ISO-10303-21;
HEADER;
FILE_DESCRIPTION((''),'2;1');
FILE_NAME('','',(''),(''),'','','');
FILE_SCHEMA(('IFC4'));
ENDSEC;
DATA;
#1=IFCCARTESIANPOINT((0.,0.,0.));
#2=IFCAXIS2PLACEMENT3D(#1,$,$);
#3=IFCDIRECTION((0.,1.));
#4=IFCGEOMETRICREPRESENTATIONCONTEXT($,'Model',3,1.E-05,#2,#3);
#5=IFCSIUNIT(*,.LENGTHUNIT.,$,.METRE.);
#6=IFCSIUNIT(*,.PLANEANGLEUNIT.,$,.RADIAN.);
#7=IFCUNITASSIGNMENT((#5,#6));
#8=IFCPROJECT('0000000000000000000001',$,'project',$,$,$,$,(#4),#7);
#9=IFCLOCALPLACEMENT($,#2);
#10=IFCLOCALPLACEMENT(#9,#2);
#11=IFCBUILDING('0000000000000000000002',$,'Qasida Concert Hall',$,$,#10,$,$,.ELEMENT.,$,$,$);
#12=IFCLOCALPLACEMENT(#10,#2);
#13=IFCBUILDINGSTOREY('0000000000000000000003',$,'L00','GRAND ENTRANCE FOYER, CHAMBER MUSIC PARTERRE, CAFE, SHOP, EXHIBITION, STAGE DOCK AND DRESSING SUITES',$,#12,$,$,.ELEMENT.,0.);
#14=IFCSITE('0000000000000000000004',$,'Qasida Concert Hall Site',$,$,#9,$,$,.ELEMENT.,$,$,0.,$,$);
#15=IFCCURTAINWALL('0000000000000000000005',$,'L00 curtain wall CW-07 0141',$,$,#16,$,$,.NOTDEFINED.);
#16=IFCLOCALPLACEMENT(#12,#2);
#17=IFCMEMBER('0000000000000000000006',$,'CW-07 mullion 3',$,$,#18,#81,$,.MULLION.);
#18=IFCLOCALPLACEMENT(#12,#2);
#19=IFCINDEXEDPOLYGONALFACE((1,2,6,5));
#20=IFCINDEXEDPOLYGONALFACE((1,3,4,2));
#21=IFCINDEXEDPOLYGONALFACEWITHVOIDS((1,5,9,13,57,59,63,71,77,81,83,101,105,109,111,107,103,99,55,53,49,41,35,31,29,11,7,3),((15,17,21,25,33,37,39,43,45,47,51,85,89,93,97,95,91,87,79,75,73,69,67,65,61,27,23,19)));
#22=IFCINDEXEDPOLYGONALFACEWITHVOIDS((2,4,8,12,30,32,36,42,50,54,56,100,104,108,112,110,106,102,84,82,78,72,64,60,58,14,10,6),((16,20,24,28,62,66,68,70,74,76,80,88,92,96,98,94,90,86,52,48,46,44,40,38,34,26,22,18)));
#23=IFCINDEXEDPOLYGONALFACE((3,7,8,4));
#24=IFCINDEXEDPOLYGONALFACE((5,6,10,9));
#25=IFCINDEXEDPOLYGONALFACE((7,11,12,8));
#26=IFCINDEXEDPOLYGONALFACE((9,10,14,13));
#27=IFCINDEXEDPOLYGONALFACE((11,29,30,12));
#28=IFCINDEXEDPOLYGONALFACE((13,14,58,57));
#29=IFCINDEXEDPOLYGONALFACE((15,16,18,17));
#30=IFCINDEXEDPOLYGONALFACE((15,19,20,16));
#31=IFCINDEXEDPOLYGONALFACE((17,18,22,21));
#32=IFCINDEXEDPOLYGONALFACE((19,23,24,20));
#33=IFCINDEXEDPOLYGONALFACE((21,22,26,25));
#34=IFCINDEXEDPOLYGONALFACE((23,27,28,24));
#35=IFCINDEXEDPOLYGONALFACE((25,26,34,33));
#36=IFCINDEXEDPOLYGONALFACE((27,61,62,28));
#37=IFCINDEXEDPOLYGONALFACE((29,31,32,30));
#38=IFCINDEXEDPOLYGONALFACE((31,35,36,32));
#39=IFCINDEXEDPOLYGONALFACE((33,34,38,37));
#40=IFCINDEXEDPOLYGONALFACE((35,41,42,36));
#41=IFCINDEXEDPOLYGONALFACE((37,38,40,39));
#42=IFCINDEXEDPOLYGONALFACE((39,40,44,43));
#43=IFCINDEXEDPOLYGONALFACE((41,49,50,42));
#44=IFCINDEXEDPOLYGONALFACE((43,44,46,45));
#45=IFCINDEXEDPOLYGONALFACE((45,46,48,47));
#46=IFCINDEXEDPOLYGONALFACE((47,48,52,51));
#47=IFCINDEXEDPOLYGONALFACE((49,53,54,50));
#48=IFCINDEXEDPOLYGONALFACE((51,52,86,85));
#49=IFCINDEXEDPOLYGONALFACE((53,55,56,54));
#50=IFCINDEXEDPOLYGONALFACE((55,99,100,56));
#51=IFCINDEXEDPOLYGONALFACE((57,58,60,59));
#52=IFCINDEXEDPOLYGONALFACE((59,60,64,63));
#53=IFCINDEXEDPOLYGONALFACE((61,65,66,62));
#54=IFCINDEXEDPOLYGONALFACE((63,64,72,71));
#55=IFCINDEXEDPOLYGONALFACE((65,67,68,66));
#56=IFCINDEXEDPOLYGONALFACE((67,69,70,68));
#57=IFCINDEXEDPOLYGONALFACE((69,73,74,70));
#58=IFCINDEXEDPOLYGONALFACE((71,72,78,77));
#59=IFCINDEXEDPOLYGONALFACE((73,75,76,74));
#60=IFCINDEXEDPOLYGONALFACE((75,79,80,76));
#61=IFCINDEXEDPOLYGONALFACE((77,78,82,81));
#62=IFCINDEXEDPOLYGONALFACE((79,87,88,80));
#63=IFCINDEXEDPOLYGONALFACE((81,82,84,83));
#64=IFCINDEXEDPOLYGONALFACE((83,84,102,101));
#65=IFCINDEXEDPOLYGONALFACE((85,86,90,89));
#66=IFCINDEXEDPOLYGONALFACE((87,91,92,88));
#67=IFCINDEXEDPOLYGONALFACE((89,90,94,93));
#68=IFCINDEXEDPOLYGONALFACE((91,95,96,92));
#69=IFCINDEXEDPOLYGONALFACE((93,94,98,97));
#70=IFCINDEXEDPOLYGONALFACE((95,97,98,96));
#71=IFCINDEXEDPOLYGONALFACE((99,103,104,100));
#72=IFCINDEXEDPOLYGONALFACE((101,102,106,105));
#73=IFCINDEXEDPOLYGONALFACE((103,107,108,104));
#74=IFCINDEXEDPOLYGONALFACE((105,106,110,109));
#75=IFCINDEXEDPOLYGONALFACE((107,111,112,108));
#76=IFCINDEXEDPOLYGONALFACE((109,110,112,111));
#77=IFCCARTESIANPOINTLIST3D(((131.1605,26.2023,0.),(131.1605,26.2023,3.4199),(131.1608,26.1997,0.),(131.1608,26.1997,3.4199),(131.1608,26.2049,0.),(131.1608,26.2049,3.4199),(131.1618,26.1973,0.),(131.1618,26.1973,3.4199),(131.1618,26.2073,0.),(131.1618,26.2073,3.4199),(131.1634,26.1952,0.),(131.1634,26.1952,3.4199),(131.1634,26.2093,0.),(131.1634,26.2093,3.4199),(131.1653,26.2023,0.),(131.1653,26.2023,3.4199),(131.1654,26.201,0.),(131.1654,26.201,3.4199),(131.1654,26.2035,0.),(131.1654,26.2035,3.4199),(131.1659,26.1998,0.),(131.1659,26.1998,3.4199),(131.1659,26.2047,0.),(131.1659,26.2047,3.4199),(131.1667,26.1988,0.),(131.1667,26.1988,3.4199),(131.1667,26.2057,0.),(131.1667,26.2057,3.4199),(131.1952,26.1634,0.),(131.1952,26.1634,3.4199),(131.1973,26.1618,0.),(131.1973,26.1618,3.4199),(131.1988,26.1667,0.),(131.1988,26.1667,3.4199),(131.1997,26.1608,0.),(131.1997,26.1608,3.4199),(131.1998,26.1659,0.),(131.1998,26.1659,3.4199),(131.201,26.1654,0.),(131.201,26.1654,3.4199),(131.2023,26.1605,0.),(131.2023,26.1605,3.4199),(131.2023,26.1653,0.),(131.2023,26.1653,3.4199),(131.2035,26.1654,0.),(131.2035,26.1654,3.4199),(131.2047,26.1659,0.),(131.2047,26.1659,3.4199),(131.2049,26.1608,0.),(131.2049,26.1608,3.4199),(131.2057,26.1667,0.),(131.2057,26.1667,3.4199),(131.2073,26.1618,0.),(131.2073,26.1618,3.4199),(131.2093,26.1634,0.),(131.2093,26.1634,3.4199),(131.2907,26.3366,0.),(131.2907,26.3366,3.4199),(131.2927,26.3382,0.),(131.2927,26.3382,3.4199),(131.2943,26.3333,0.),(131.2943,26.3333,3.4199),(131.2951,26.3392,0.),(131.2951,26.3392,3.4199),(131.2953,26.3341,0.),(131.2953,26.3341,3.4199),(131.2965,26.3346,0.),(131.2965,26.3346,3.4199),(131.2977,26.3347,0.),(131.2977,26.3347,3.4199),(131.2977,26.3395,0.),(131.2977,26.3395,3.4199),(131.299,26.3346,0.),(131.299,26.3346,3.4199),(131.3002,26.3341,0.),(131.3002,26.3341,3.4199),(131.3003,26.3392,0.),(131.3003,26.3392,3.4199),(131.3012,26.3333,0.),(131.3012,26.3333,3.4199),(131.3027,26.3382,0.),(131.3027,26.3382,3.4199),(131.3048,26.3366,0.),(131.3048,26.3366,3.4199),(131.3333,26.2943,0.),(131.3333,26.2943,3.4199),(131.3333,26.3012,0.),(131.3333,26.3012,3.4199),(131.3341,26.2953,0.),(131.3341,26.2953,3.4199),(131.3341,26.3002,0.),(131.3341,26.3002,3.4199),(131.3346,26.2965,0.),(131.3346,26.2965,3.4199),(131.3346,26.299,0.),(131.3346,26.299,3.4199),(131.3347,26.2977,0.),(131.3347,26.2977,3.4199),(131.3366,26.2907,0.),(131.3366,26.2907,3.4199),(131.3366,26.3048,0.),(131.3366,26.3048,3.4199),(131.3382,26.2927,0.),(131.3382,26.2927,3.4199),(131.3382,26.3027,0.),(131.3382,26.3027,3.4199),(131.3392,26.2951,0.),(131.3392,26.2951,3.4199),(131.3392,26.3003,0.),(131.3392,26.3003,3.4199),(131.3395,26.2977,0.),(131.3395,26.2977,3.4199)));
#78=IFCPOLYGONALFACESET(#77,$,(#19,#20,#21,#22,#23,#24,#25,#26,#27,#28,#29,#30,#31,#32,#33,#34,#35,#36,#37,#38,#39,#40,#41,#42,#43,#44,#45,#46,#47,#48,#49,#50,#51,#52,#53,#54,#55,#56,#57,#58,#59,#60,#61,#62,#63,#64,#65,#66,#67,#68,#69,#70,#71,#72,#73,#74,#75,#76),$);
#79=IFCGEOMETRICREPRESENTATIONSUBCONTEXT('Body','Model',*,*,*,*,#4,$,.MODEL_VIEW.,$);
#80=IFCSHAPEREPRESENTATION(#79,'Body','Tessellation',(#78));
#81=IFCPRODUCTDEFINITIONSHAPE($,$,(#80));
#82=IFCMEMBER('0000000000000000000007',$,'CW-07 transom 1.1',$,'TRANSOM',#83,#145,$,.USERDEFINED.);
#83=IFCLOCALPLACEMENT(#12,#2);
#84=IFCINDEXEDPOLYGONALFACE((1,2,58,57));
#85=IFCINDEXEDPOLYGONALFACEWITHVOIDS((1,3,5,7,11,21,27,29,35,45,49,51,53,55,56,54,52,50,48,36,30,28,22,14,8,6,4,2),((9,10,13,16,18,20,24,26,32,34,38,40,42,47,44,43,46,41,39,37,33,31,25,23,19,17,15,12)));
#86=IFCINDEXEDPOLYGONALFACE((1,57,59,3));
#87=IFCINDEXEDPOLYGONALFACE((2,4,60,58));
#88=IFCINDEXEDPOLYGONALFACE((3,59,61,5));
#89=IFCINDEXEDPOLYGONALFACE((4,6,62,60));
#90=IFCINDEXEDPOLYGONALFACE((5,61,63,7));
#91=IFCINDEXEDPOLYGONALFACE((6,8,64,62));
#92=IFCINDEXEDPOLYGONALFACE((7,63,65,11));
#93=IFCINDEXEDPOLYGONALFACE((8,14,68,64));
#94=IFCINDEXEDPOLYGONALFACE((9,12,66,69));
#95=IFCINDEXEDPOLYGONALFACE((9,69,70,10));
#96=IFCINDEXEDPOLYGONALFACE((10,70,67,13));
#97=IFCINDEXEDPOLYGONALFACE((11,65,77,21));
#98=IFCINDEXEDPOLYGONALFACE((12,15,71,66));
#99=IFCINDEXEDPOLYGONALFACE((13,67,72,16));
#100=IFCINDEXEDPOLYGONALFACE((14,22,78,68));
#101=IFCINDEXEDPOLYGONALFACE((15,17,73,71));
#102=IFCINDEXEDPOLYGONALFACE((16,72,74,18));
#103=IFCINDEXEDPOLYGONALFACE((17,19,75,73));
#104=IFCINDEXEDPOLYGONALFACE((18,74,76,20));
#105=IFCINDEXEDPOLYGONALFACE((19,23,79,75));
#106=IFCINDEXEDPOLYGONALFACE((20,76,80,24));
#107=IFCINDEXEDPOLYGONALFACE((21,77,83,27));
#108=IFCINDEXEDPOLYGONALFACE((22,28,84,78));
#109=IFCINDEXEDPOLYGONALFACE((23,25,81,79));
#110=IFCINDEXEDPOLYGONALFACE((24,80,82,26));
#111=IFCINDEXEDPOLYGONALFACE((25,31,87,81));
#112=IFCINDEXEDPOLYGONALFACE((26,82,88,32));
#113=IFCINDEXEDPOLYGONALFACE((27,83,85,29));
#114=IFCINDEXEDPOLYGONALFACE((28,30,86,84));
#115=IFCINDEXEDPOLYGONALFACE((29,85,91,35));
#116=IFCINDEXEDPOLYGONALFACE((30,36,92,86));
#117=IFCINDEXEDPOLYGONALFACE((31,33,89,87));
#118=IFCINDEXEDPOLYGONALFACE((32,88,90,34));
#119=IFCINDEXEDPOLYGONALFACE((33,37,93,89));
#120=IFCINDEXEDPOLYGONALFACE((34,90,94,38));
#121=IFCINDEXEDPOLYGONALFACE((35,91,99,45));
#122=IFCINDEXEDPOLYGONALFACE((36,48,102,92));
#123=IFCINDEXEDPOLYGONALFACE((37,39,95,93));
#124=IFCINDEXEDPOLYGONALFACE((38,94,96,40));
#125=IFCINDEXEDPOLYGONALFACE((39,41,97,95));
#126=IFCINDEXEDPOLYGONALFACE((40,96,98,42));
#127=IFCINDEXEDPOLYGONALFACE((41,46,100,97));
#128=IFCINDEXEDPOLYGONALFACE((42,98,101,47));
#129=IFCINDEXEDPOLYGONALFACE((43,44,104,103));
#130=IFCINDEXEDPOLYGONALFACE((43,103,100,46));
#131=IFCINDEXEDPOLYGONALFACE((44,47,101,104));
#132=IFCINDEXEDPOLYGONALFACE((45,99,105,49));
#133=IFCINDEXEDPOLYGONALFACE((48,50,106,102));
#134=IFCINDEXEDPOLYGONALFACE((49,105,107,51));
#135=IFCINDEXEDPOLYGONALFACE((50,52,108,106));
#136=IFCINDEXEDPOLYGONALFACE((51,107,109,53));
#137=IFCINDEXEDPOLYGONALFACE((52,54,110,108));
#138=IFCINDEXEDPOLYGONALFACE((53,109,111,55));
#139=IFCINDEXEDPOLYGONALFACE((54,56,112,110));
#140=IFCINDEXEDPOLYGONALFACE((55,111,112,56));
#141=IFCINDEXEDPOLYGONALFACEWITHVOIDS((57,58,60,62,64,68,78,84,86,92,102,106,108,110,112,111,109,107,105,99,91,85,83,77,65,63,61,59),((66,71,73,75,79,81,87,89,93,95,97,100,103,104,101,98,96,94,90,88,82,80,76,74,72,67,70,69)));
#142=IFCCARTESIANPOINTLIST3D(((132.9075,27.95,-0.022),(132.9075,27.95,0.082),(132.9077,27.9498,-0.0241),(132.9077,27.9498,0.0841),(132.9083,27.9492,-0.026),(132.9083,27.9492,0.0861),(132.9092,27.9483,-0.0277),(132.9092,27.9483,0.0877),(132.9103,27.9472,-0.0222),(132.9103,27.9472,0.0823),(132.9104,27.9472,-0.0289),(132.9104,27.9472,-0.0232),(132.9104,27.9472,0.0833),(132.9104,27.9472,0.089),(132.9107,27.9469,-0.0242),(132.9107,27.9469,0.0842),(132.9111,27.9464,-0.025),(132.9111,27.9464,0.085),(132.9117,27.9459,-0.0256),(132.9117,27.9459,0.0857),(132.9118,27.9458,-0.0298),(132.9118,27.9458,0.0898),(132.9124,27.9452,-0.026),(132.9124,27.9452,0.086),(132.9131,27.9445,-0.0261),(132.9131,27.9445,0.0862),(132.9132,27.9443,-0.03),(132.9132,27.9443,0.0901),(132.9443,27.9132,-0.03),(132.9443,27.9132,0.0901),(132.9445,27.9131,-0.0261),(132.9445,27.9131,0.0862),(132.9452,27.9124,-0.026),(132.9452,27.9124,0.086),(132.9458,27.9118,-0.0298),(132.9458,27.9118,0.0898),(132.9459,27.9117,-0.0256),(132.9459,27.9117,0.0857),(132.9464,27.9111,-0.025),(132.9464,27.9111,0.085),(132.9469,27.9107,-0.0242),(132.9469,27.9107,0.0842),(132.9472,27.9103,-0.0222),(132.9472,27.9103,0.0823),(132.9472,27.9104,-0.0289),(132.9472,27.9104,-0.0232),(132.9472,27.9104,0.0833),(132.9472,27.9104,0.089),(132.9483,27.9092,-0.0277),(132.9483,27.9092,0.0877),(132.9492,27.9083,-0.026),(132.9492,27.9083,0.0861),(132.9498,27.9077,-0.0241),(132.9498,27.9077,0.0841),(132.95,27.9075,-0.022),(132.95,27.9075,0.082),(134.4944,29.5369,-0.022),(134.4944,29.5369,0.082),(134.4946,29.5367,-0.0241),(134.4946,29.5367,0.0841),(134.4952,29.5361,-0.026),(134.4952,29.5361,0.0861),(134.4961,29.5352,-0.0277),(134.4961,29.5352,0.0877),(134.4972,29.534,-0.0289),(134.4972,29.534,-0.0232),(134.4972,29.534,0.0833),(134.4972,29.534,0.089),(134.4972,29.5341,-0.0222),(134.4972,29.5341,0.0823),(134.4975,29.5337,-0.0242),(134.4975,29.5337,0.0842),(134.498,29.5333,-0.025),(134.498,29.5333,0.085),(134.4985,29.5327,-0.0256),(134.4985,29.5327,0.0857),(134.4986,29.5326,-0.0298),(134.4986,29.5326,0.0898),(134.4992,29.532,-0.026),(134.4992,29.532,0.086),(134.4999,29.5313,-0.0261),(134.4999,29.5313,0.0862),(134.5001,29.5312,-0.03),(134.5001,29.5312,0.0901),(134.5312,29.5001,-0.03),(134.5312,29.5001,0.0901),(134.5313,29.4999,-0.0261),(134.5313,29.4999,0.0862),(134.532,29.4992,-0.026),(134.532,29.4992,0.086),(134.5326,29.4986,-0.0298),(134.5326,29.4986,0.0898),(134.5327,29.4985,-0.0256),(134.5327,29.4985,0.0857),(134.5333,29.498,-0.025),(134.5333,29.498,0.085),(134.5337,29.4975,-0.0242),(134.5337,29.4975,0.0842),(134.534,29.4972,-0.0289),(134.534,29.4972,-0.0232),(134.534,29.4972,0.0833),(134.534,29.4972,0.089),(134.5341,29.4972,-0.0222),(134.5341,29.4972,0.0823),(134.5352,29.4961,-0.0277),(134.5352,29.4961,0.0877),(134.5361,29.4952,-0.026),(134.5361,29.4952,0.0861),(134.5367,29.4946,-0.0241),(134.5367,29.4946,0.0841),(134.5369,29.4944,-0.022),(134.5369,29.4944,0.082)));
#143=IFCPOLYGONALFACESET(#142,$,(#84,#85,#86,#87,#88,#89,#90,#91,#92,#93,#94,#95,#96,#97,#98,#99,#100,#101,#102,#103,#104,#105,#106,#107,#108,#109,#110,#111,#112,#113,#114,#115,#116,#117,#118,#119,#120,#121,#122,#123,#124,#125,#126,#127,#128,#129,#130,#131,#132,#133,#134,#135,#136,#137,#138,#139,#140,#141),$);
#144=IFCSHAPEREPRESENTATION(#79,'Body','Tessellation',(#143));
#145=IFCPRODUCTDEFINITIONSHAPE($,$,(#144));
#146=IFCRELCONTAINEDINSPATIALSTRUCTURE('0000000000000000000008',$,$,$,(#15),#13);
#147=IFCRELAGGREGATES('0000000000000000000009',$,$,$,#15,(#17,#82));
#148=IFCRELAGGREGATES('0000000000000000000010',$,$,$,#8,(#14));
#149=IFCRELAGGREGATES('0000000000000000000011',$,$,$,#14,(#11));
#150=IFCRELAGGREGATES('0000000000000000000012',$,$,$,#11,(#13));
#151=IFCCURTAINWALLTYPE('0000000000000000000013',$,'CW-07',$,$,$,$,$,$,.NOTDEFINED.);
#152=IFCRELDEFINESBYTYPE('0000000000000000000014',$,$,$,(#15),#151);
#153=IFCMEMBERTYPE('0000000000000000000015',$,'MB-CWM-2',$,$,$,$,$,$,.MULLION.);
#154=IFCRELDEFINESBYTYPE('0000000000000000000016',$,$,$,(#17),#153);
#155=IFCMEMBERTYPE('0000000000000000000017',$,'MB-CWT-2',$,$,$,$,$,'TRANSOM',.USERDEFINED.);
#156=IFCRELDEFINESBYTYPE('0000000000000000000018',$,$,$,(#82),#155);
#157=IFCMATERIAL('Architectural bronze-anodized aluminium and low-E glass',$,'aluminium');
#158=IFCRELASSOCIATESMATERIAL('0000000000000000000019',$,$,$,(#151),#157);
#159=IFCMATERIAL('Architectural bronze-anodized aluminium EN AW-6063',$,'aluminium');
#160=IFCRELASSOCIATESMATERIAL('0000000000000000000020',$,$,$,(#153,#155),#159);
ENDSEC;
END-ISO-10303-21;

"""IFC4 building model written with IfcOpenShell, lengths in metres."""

from ifc_helpers import new_model, si_unit, direction, frame, origin, origin_2d, place, context, subcontext, project, spatial, hollow_rectangle, extrude, material, material_profile, profile_set, type_object, element, aggregate, save


model = new_model("IFC4")

# Units and contexts
model_context = context("Model", 3, precision=1e-05, world=origin(), true_north=direction((0.0, 1.0)))
body_context = subcontext(model_context, "Body", "Model", "MODEL_VIEW")
ifc_project = project(units=[si_unit("LENGTHUNIT", "METRE"), si_unit("PLANEANGLEUNIT", "RADIAN")], contexts=[model_context])

# Site, building, storey
site_placement = place(None, origin())
site = spatial("IfcSite", under=ifc_project, at=site_placement, Name="Qasida Concert Hall Site", CompositionType="ELEMENT", RefElevation=0.0)
building_placement = place(site_placement, origin())
building = spatial("IfcBuilding", under=site, at=building_placement, Name="Qasida Concert Hall", CompositionType="ELEMENT")
storey_placement = place(building_placement, origin())
storey = spatial("IfcBuildingStorey", under=building, at=storey_placement, Name="L00", Description="GRAND ENTRANCE FOYER, CHAMBER MUSIC PARTERRE, CAFE, SHOP, EXHIBITION, STAGE DOCK AND DRESSING SUITES", CompositionType="ELEMENT", Elevation=0.0)

# Curtain wall, members
ifc_material_1 = material(Name="Architectural bronze-anodized aluminium and low-E glass", Category="aluminium")
curtain_wall_type = type_object("IfcCurtainWallType", Name="CW-07", PredefinedType="NOTDEFINED", material=ifc_material_1)
curtain_wall_placement = place(storey_placement, origin())
curtain_wall = element("IfcCurtainWall", 1, at=curtain_wall_placement, inside=storey, type_object=curtain_wall_type, Name="L00 curtain wall CW-07 0141", PredefinedType="NOTDEFINED")
ifc_material_2 = material(Name="Architectural bronze-anodized aluminium EN AW-6063", Category="aluminium")
ifc_material_profile_1 = material_profile(ifc_material_2, hollow_rectangle(XDim=0.0649, YDim=0.2, WallThickness=0.0049, InnerFilletRadius=0.0049, OuterFilletRadius=0.01, at=origin_2d()), Name="CWM 200x65x5")
ifc_profile_set_1 = profile_set([ifc_material_profile_1], Name="Architectural bronze-anodized aluminium EN AW-6063")
member_type_1 = type_object("IfcMemberType", Name="MB-CWM-2", PredefinedType="MULLION", material=ifc_profile_set_1)
member_1_placement = place(storey_placement, frame((131.25, 26.25, 0.0), z_axis=(0.0, 0.0, 1.0), x_axis=(0.707107, -0.707107, 0.0)))
member_1 = element("IfcMember", 2, at=member_1_placement, type_object=member_type_1, Name="CW-07 mullion 3", PredefinedType="MULLION", context=body_context, shape_type="SweptSolid", body=[
    extrude(hollow_rectangle(XDim=0.0649, YDim=0.2, WallThickness=0.0049, InnerFilletRadius=0.0049, OuterFilletRadius=0.01, at=origin_2d()), origin(), (0.0, 0.0, 1.0), 3.4199),
])
ifc_material_profile_2 = material_profile(ifc_material_2, hollow_rectangle(XDim=0.0601, YDim=0.1201, WallThickness=0.0039, InnerFilletRadius=0.0039, OuterFilletRadius=0.0081, at=origin_2d()), Name="CWT 120x60x4")
ifc_profile_set_2 = profile_set([ifc_material_profile_2], Name="Architectural bronze-anodized aluminium EN AW-6063")
member_type_2 = type_object("IfcMemberType", Name="MB-CWT-2", ElementType="TRANSOM", PredefinedType="USERDEFINED", material=ifc_profile_set_2)
member_2_placement = place(storey_placement, frame((134.5156, 29.5156, 0.03), z_axis=(-0.707107, -0.707107, 0.0), x_axis=(0.707107, -0.707107, 0.0)))
member_2 = element("IfcMember", 3, at=member_2_placement, type_object=member_type_2, Name="CW-07 transom 1.1", ObjectType="TRANSOM", PredefinedType="USERDEFINED", context=body_context, shape_type="SweptSolid", body=[
    extrude(hollow_rectangle(XDim=0.0601, YDim=0.1201, WallThickness=0.0039, InnerFilletRadius=0.0039, OuterFilletRadius=0.0081, at=origin_2d()), origin(), (0.0, 0.0, 1.0), 2.2441),
])
aggregate(curtain_wall, [member_1, member_2])

save(model, "model.ifc")
